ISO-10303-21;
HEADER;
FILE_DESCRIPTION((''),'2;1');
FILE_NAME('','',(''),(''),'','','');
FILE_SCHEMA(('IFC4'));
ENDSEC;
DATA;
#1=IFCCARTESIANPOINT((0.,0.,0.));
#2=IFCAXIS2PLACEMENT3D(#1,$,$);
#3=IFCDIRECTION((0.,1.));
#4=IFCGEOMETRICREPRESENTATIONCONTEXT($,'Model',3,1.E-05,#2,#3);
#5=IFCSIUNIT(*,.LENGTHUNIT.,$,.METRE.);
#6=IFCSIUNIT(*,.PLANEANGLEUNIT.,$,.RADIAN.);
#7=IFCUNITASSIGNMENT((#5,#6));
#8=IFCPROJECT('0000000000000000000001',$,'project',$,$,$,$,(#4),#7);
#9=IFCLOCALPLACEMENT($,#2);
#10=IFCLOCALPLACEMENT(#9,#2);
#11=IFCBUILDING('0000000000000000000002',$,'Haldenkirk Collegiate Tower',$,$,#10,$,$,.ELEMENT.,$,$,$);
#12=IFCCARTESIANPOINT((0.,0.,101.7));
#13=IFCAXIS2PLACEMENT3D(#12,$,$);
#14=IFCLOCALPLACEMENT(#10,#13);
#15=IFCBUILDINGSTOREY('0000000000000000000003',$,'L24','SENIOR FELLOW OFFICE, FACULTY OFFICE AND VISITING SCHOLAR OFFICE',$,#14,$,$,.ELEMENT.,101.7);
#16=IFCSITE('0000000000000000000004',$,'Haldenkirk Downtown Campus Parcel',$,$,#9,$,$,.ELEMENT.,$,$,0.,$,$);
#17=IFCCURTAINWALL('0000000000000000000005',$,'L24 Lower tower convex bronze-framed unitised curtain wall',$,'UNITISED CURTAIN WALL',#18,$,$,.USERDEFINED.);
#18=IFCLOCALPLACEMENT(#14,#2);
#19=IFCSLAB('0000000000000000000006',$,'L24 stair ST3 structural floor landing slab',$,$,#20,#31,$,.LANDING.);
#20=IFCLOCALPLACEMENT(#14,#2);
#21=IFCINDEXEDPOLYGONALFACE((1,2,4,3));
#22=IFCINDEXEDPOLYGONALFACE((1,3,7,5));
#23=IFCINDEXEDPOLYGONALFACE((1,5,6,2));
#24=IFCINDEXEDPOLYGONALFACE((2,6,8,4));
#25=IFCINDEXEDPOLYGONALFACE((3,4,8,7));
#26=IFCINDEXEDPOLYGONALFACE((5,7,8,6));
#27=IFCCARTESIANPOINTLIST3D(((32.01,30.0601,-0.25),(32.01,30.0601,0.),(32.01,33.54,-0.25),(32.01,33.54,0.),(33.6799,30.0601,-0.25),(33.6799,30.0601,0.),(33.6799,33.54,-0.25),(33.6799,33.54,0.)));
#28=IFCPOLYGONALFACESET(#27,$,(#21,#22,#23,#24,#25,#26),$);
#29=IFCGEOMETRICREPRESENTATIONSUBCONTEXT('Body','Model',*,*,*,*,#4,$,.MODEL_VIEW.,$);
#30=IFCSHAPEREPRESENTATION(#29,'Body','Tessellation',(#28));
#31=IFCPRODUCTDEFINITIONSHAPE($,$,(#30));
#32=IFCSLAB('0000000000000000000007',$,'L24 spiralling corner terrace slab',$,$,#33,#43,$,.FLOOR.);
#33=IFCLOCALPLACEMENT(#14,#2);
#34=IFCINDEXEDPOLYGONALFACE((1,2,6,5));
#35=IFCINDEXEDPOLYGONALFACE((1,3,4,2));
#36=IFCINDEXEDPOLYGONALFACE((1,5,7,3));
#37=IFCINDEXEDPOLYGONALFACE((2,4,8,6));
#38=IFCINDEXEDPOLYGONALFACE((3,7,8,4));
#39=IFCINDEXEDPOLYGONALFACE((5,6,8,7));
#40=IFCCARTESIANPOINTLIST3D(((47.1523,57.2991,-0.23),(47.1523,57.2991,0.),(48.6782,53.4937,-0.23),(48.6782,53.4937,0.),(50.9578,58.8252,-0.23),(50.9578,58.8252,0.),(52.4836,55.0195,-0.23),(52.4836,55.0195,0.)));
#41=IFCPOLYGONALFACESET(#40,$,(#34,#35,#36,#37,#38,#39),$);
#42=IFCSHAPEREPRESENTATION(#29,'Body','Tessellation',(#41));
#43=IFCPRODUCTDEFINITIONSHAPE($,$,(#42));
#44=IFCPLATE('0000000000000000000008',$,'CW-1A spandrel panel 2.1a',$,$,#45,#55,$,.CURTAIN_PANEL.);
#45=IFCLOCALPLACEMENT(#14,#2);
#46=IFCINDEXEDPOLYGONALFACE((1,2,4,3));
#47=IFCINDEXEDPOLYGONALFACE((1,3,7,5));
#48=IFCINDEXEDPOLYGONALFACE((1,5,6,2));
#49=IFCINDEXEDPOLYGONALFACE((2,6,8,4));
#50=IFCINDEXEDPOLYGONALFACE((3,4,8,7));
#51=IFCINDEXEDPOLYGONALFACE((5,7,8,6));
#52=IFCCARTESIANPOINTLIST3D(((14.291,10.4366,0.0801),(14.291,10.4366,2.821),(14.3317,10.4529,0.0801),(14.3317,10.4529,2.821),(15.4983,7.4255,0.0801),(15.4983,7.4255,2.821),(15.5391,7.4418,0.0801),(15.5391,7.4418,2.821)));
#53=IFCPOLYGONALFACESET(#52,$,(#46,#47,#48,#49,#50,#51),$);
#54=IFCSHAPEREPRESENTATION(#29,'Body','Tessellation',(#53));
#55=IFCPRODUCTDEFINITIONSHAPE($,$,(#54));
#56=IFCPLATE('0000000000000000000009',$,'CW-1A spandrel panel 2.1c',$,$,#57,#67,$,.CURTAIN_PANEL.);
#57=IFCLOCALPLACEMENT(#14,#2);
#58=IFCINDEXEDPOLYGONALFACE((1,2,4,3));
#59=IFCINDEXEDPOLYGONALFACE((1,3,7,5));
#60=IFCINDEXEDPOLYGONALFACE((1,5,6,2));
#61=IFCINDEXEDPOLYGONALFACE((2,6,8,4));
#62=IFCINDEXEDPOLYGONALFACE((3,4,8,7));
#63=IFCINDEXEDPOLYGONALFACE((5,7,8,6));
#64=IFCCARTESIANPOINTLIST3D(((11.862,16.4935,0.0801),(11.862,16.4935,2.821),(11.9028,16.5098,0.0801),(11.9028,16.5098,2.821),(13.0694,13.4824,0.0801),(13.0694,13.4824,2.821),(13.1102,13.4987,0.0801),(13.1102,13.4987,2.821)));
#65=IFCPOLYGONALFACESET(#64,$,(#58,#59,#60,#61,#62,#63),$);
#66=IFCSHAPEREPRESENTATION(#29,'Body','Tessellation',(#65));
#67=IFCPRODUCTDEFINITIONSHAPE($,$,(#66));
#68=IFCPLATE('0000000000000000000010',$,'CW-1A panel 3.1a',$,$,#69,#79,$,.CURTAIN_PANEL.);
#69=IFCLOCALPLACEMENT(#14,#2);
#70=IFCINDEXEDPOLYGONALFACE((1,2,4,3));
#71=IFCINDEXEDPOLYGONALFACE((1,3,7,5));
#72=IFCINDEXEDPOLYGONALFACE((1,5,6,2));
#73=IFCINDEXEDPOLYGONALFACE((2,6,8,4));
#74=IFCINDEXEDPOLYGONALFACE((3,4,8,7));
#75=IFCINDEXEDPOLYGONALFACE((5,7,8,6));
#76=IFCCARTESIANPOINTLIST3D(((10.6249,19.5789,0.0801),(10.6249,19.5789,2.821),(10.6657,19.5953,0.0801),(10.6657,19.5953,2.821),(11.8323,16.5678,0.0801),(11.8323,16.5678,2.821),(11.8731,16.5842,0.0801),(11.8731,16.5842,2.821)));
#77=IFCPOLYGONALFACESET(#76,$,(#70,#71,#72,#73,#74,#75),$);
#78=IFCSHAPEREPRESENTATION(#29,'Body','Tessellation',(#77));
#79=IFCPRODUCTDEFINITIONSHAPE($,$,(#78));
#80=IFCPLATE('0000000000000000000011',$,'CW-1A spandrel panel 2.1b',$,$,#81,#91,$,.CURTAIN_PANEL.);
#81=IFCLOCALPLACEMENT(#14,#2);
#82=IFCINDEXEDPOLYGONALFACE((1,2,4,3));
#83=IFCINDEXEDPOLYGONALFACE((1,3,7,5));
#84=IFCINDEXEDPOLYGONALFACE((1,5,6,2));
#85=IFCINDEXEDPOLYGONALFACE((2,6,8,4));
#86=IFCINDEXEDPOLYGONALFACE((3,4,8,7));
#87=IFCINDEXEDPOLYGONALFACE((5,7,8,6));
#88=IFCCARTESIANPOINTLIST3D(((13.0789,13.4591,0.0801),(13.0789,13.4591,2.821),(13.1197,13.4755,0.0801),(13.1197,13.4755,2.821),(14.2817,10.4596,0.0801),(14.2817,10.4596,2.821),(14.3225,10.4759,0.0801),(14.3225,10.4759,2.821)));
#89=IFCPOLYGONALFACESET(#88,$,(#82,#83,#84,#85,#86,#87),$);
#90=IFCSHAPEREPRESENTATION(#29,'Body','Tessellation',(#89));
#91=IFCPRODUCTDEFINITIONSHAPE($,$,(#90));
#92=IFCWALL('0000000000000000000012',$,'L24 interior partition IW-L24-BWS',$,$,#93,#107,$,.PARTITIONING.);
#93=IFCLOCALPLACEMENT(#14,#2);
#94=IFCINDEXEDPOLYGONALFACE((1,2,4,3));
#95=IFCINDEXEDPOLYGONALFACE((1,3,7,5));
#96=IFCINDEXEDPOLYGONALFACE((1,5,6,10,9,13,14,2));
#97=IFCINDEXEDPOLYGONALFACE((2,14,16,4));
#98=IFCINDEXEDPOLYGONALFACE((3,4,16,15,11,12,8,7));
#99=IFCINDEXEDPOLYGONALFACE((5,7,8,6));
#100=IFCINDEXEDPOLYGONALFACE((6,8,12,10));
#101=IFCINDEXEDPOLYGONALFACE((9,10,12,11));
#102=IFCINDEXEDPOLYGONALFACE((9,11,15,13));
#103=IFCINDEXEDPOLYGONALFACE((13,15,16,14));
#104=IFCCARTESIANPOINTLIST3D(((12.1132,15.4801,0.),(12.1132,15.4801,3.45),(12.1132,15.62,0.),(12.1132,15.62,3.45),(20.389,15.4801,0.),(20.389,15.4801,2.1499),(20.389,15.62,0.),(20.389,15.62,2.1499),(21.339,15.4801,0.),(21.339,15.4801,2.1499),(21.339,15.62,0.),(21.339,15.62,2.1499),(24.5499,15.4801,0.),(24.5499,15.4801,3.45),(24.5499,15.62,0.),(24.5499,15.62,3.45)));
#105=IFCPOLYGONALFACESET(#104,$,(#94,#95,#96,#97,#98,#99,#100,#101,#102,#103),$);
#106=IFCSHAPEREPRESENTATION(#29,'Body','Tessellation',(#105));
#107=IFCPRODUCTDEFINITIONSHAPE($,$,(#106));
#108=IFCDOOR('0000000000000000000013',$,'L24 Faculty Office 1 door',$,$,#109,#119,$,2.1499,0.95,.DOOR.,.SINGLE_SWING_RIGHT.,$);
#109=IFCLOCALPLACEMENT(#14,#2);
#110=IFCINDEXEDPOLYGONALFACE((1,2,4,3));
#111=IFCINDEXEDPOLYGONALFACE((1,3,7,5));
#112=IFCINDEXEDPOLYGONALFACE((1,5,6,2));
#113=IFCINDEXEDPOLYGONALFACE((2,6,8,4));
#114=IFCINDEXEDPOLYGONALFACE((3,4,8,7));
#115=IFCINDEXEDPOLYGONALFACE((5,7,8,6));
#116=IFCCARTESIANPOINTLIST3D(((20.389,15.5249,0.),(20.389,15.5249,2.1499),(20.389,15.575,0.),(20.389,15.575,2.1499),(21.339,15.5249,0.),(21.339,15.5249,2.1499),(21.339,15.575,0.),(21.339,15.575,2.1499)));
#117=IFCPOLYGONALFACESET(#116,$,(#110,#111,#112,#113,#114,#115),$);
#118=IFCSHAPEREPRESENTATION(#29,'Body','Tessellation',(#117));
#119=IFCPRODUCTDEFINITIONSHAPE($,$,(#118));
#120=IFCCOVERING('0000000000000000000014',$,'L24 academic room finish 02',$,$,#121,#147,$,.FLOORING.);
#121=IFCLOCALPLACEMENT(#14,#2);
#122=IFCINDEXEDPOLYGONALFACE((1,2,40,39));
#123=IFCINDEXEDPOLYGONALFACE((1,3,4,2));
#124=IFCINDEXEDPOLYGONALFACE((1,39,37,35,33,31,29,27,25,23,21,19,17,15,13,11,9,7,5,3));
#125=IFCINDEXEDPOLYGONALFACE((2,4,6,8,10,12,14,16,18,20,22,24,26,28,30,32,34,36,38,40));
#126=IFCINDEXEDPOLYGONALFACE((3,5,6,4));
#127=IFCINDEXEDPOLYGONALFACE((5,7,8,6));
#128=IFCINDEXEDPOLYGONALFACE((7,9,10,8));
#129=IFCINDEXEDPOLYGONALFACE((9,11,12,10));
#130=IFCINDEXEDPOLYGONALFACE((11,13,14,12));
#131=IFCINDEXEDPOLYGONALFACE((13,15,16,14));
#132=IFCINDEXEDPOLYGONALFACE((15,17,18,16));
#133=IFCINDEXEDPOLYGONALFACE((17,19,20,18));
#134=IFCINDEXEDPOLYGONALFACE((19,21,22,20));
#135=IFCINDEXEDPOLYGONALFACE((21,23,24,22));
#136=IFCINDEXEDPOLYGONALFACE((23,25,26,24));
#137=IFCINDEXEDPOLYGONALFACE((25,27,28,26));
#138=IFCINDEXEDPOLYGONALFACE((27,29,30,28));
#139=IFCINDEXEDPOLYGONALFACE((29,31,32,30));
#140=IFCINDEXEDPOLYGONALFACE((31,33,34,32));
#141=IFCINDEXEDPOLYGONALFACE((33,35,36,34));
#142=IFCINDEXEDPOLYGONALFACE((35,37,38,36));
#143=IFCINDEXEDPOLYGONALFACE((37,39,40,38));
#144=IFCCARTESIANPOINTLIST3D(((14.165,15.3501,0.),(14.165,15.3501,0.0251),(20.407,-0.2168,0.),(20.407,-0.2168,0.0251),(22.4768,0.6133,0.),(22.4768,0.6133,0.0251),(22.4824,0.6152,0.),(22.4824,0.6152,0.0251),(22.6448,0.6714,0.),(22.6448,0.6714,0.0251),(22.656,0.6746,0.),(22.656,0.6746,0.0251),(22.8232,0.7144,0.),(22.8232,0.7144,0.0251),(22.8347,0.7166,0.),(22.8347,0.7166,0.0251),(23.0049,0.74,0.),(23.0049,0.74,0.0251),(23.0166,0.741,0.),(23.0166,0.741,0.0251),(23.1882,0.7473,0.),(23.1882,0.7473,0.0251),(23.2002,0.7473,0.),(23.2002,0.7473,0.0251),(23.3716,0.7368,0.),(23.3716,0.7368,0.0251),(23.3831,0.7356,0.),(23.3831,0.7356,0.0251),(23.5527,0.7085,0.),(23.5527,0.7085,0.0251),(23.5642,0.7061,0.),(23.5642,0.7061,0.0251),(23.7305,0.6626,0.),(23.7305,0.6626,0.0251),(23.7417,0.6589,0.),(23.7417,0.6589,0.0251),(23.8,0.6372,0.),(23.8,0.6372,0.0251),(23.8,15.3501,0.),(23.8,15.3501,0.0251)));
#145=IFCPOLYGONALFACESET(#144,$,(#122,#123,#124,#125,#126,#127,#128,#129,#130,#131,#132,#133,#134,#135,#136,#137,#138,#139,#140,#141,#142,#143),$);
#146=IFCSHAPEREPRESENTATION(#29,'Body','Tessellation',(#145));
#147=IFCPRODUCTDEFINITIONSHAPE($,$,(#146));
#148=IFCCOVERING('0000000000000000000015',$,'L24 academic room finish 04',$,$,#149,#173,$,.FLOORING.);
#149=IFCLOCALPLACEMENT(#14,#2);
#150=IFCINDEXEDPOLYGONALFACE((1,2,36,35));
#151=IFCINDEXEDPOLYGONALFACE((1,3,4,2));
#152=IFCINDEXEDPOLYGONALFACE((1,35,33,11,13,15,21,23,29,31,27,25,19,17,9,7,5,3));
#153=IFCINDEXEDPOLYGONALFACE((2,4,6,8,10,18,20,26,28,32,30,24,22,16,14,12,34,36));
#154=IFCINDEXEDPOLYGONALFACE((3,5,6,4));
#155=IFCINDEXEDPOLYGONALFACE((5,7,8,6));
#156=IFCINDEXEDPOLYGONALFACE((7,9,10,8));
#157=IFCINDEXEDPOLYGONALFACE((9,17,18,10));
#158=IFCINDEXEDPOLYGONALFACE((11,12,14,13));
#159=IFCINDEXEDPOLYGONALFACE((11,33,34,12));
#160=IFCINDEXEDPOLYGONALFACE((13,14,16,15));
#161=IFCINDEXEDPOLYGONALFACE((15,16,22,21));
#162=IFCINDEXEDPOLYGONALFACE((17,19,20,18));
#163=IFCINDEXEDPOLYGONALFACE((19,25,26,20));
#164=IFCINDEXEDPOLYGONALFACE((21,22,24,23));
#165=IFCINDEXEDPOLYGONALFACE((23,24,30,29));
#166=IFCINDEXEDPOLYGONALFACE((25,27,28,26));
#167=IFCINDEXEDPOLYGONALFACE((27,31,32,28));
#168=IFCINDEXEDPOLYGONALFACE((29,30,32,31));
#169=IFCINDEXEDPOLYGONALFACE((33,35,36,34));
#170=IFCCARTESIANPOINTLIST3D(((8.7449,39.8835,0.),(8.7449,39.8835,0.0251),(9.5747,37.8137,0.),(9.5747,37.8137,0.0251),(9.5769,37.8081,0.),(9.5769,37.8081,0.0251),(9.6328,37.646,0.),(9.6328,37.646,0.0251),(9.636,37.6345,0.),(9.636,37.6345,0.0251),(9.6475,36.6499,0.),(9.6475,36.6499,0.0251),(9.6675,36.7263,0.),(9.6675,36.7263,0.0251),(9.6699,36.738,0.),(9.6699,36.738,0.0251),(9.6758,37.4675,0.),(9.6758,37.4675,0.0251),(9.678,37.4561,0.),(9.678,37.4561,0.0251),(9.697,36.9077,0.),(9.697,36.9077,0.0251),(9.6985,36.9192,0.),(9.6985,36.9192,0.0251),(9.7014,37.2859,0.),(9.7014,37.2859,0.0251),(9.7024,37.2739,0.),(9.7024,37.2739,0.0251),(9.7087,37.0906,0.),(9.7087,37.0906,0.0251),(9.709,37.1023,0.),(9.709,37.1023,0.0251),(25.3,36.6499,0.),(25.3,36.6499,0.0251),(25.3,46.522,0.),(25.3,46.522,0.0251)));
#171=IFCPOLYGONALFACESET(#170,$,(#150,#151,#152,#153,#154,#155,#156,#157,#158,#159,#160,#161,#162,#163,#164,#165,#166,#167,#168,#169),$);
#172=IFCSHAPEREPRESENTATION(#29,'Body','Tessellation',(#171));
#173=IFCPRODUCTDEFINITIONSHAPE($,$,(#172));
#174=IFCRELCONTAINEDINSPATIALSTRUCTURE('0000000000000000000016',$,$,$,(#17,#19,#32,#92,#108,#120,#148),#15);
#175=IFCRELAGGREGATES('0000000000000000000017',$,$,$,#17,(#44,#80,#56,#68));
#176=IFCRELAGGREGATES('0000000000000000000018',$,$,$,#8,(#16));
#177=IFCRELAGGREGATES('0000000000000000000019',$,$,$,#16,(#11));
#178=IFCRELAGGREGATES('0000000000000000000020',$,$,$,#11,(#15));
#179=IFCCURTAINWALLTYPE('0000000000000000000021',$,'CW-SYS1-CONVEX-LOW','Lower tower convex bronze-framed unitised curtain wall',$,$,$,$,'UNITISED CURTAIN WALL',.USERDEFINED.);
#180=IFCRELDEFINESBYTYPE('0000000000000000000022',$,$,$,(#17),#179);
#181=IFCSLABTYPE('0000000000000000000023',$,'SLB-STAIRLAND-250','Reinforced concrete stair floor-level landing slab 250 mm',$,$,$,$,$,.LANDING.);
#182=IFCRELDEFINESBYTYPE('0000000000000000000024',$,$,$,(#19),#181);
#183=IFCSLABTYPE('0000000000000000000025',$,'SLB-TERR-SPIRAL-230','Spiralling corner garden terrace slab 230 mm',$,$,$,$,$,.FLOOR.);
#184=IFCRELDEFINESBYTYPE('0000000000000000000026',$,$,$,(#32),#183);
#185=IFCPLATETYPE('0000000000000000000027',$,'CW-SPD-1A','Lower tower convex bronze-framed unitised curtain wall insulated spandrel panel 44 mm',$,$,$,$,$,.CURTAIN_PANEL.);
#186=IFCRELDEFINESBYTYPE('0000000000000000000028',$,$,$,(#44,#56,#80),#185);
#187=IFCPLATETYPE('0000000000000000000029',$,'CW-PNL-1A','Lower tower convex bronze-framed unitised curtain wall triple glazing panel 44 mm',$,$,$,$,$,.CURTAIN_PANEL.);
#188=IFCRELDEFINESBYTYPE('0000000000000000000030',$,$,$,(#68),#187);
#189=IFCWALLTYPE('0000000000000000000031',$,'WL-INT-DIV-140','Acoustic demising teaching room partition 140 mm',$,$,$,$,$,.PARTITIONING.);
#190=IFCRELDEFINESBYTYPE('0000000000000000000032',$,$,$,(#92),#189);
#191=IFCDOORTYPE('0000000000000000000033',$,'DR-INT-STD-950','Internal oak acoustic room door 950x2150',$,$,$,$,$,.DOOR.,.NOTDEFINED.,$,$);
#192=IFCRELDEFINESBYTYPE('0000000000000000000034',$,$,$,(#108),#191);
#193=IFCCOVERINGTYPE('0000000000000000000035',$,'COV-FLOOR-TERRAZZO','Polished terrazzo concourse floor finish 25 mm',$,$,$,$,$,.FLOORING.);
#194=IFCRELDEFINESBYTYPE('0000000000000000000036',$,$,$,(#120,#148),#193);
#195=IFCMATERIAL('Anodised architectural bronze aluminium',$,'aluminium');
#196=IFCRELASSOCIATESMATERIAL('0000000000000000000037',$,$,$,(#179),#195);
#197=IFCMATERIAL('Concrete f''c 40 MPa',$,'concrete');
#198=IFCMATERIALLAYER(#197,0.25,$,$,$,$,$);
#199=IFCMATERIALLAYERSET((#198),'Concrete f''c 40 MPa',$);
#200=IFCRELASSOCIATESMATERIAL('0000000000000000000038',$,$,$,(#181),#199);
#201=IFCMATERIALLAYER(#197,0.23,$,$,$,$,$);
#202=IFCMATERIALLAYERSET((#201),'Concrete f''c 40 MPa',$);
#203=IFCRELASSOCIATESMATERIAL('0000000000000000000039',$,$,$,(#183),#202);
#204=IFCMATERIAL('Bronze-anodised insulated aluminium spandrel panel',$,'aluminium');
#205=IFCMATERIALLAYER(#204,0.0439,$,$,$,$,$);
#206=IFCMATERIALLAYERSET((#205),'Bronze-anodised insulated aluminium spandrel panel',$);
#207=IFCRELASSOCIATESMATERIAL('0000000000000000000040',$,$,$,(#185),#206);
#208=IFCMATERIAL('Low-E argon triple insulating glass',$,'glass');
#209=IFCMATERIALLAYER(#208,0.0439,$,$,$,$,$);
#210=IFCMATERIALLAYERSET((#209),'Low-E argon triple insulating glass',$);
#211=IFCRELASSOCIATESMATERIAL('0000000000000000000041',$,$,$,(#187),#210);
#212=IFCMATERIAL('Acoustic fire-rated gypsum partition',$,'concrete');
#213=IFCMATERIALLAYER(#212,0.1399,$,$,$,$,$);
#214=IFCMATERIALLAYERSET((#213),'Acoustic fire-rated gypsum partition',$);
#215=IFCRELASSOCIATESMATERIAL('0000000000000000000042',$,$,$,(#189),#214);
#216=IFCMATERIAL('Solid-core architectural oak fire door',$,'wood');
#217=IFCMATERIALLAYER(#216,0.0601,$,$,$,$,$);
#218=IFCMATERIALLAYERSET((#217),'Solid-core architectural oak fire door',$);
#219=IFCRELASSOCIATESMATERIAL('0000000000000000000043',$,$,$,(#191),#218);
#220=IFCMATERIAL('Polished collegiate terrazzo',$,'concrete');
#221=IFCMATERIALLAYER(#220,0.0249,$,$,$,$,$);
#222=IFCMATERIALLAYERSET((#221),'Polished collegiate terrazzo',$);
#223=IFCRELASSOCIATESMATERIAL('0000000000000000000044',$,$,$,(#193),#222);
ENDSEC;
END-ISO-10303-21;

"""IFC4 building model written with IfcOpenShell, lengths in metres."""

from ifc_helpers import new_model, si_unit, direction, frame, frame_2d, origin, origin_2d, place, context, subcontext, project, spatial, polyline, rectangle, outline, extrude, source, transform, mapped, material, layer, layer_set, type_object, element, fill, aggregate, save


model = new_model("IFC4")

# Units and contexts
model_context = context("Model", 3, precision=1e-05, world=origin(), true_north=direction((0.0, 1.0)))
body_context = subcontext(model_context, "Body", "Model", "MODEL_VIEW")
ifc_project = project(units=[si_unit("LENGTHUNIT", "METRE"), si_unit("PLANEANGLEUNIT", "RADIAN")], contexts=[model_context])

# Site, building, storey
site_placement = place(None, origin())
site = spatial("IfcSite", under=ifc_project, at=site_placement, Name="Haldenkirk Downtown Campus Parcel", CompositionType="ELEMENT", RefElevation=0.0)
building_placement = place(site_placement, origin())
building = spatial("IfcBuilding", under=site, at=building_placement, Name="Haldenkirk Collegiate Tower", CompositionType="ELEMENT")
storey_placement = place(building_placement, frame((0.0, 0.0, 101.7)))
storey = spatial("IfcBuildingStorey", under=building, at=storey_placement, Name="L24", Description="SENIOR FELLOW OFFICE, FACULTY OFFICE AND VISITING SCHOLAR OFFICE", CompositionType="ELEMENT", Elevation=101.7)

# Curtain wall
ifc_material_1 = material(Name="Anodised architectural bronze aluminium", Category="aluminium")
curtain_wall_type = type_object("IfcCurtainWallType", Name="CW-SYS1-CONVEX-LOW", Description="Lower tower convex bronze-framed unitised curtain wall", ElementType="UNITISED CURTAIN WALL", PredefinedType="USERDEFINED", material=ifc_material_1)
curtain_wall_placement = place(storey_placement, origin())
curtain_wall = element("IfcCurtainWall", 1, at=curtain_wall_placement, inside=storey, type_object=curtain_wall_type, Name="L24 Lower tower convex bronze-framed unitised curtain wall", ObjectType="UNITISED CURTAIN WALL", PredefinedType="USERDEFINED")

# Shared definitions
ifc_material_2 = material(Name="Concrete f'c 40 MPa", Category="concrete")

# Slabs
ifc_layer_1 = layer(ifc_material_2, 0.25)
ifc_layer_set_1 = layer_set([ifc_layer_1], Name="Concrete f'c 40 MPa")
slab_type_1 = type_object("IfcSlabType", Name="SLB-STAIRLAND-250", Description="Reinforced concrete stair floor-level landing slab 250 mm", PredefinedType="LANDING", material=ifc_layer_set_1)
slab_1_placement = place(storey_placement, frame((0.0, 0.0, -0.25)))
element("IfcSlab", 2, at=slab_1_placement, inside=storey, type_object=slab_type_1, Name="L24 stair ST3 structural floor landing slab", PredefinedType="LANDING", context=body_context, shape_type="SweptSolid", body=[
    extrude(outline(polyline([(32.01, 30.0601), (33.6799, 30.0601), (33.6799, 33.54), (32.01, 33.54), (32.01, 30.0601)])), origin(), (0.0, 0.0, 1.0), 0.25),
])
ifc_layer_2 = layer(ifc_material_2, 0.23)
ifc_layer_set_2 = layer_set([ifc_layer_2], Name="Concrete f'c 40 MPa")
slab_type_2 = type_object("IfcSlabType", Name="SLB-TERR-SPIRAL-230", Description="Spiralling corner garden terrace slab 230 mm", PredefinedType="FLOOR", material=ifc_layer_set_2)
slab_2_placement = place(storey_placement, frame((0.0, 0.0, -0.23)))
element("IfcSlab", 3, at=slab_2_placement, inside=storey, type_object=slab_type_2, Name="L24 spiralling corner terrace slab", PredefinedType="FLOOR", context=body_context, shape_type="SweptSolid", body=[
    extrude(outline(polyline([(48.6782, 53.4937), (52.4836, 55.0195), (50.9578, 58.8252), (47.1523, 57.2991), (48.6782, 53.4937)])), origin(), (0.0, 0.0, 1.0), 0.23),
])

# Plates
ifc_material_3 = material(Name="Bronze-anodised insulated aluminium spandrel panel", Category="aluminium")
ifc_layer_3 = layer(ifc_material_3, 0.0439)
ifc_layer_set_3 = layer_set([ifc_layer_3], Name="Bronze-anodised insulated aluminium spandrel panel")
plate_type_1 = type_object("IfcPlateType", Name="CW-SPD-1A", Description="Lower tower convex bronze-framed unitised curtain wall insulated spandrel panel 44 mm", PredefinedType="CURTAIN_PANEL", material=ifc_layer_set_3)
shared_shape_1 = source(origin(), body_context, "Body", "SweptSolid", [
    extrude(rectangle(XDim=3.2441, YDim=0.0439, at=origin_2d()), origin(), (0.0, 0.0, 1.0), 2.741),
])
plate_1_placement = place(storey_placement, frame((14.915, 8.9392, 0.0801), z_axis=(0.0, 0.0, 1.0), x_axis=(-0.372175, 0.928163, 0.0)))
plate_1 = element("IfcPlate", 4, at=plate_1_placement, type_object=plate_type_1, Name="CW-1A spandrel panel 2.1a", PredefinedType="CURTAIN_PANEL", context=body_context, shape_type="MappedRepresentation", body=[
    mapped(shared_shape_1, transform((0.0, 0.0, 0.0), x_axis=(1.0, 0.0, 0.0), y_axis=(0.0, 1.0, 0.0), z_axis=(0.0, 0.0, 1.0), scale=1.0)),
])
plate_2_placement = place(storey_placement, frame((12.4861, 14.9961, 0.0801), z_axis=(0.0, 0.0, 1.0), x_axis=(-0.372175, 0.928163, 0.0)))
plate_2 = element("IfcPlate", 5, at=plate_2_placement, type_object=plate_type_1, Name="CW-1A spandrel panel 2.1c", PredefinedType="CURTAIN_PANEL", context=body_context, shape_type="MappedRepresentation", body=[
    mapped(shared_shape_1, transform((0.0, 0.0, 0.0), x_axis=(1.0, 0.0, 0.0), y_axis=(0.0, 1.0, 0.0), z_axis=(0.0, 0.0, 1.0), scale=1.0)),
])
ifc_material_4 = material(Name="Low-E argon triple insulating glass", Category="glass")
ifc_layer_4 = layer(ifc_material_4, 0.0439)
ifc_layer_set_4 = layer_set([ifc_layer_4], Name="Low-E argon triple insulating glass")
plate_type_2 = type_object("IfcPlateType", Name="CW-PNL-1A", Description="Lower tower convex bronze-framed unitised curtain wall triple glazing panel 44 mm", PredefinedType="CURTAIN_PANEL", material=ifc_layer_set_4)
plate_3_placement = place(storey_placement, frame((11.249, 18.0815, 0.0801), z_axis=(0.0, 0.0, 1.0), x_axis=(-0.372175, 0.928163, 0.0)))
plate_3 = element("IfcPlate", 6, at=plate_3_placement, type_object=plate_type_2, Name="CW-1A panel 3.1a", PredefinedType="CURTAIN_PANEL", context=body_context, shape_type="MappedRepresentation", body=[
    mapped(shared_shape_1, transform((0.0, 0.0, 0.0), x_axis=(1.0, 0.0, 0.0), y_axis=(0.0, 1.0, 0.0), z_axis=(0.0, 0.0, 1.0), scale=1.0)),
])
shared_shape_2 = source(origin(), body_context, "Body", "SweptSolid", [
    extrude(rectangle(XDim=3.2317, YDim=0.0439, at=origin_2d()), origin(), (0.0, 0.0, 1.0), 2.741),
])
plate_4_placement = place(storey_placement, frame((13.7007, 11.9675, 0.0801), z_axis=(0.0, 0.0, 1.0), x_axis=(-0.372175, 0.928163, 0.0)))
plate_4 = element("IfcPlate", 7, at=plate_4_placement, type_object=plate_type_1, Name="CW-1A spandrel panel 2.1b", PredefinedType="CURTAIN_PANEL", context=body_context, shape_type="MappedRepresentation", body=[
    mapped(shared_shape_2, transform((0.0, 0.0, 0.0), x_axis=(1.0, 0.0, 0.0), y_axis=(0.0, 1.0, 0.0), z_axis=(0.0, 0.0, 1.0), scale=1.0)),
])
aggregate(curtain_wall, [plate_1, plate_4, plate_2, plate_3])

# Wall, opening, door
ifc_material_5 = material(Name="Acoustic fire-rated gypsum partition", Category="concrete")
ifc_layer_5 = layer(ifc_material_5, 0.1399)
ifc_layer_set_5 = layer_set([ifc_layer_5], Name="Acoustic fire-rated gypsum partition")
wall_type = type_object("IfcWallType", Name="WL-INT-DIV-140", Description="Acoustic demising teaching room partition 140 mm", PredefinedType="PARTITIONING", material=ifc_layer_set_5)
wall_placement = place(storey_placement, frame((12.1133, 15.55, 0.0), z_axis=(0.0, 0.0, 1.0), x_axis=(1.0, 0.0, 0.0)))
wall = element("IfcWall", 8, at=wall_placement, inside=storey, type_object=wall_type, Name="L24 interior partition IW-L24-BWS", PredefinedType="PARTITIONING", context=body_context, shape_type="SweptSolid", body=[
    extrude(rectangle(XDim=12.4368, YDim=0.1399, at=frame_2d((6.2183, 0.0))), origin(), (0.0, 0.0, 1.0), 3.45),
])
opening_placement = place(wall_placement, frame((8.2756, 0.0, 0.0)))
opening = element("IfcOpeningElement", 9, at=opening_placement, cuts=wall, PredefinedType="OPENING", context=body_context, shape_type="SweptSolid", body=[
    extrude(rectangle(XDim=0.95, YDim=2.1499, at=frame_2d((0.4751, 1.075))), frame((0.0, 0.0798, 0.0), z_axis=(0.0, -1.0, 0.0), x_axis=(1.0, 0.0, 0.0)), (0.0, 0.0, 1.0), 0.1599),
])
ifc_material_6 = material(Name="Solid-core architectural oak fire door", Category="wood")
ifc_layer_6 = layer(ifc_material_6, 0.0601)
ifc_layer_set_6 = layer_set([ifc_layer_6], Name="Solid-core architectural oak fire door")
door_type = type_object("IfcDoorType", Name="DR-INT-STD-950", Description="Internal oak acoustic room door 950x2150", OperationType="NOTDEFINED", PredefinedType="DOOR", material=ifc_layer_set_6)
door_placement = place(opening_placement, origin())
door = element("IfcDoor", 10, at=door_placement, inside=storey, type_object=door_type, Name="L24 Faculty Office 1 door", OperationType="SINGLE_SWING_RIGHT", OverallHeight=2.1499, OverallWidth=0.95, PredefinedType="DOOR", context=body_context, shape_type="SweptSolid", body=[
    extrude(rectangle(XDim=0.95, YDim=2.1499, at=frame_2d((0.4751, 1.075))), frame((0.0, 0.0249, 0.0), z_axis=(0.0, -1.0, 0.0), x_axis=(1.0, 0.0, 0.0)), (0.0, 0.0, 1.0), 0.05),
])
fill(opening, door)

# Coverings
ifc_material_7 = material(Name="Polished collegiate terrazzo", Category="concrete")
ifc_layer_7 = layer(ifc_material_7, 0.0249)
ifc_layer_set_7 = layer_set([ifc_layer_7], Name="Polished collegiate terrazzo")
covering_type_1 = type_object("IfcCoveringType", Name="COV-FLOOR-TERRAZZO", Description="Polished terrazzo concourse floor finish 25 mm", PredefinedType="FLOORING", material=ifc_layer_set_7)
covering_1_placement = place(storey_placement, origin())
element("IfcCovering", 11, at=covering_1_placement, inside=storey, type_object=covering_type_1, Name="L24 academic room finish 02", PredefinedType="FLOORING", context=body_context, shape_type="SweptSolid", body=[
    extrude(outline(polyline([(23.8, 0.6372), (23.7417, 0.6589), (23.7305, 0.6626), (23.5642, 0.7061), (23.5527, 0.7085), (23.3831, 0.7356), (23.3716, 0.7368), (23.2002, 0.7473), (23.1882, 0.7473), (23.0166, 0.741), (23.0049, 0.74), (22.8347, 0.7166), (22.8232, 0.7144), (22.656, 0.6746), (22.6448, 0.6714), (22.4824, 0.6152), (22.4768, 0.6133), (20.407, -0.2168), (14.165, 15.3501), (23.8, 15.3501), (23.8, 0.6372)])), origin(), (0.0, 0.0, 1.0), 0.0251),
])
covering_2_placement = place(storey_placement, origin())
element("IfcCovering", 12, at=covering_2_placement, inside=storey, type_object=covering_type_1, Name="L24 academic room finish 04", PredefinedType="FLOORING", context=body_context, shape_type="SweptSolid", body=[
    extrude(outline(polyline([(9.6475, 36.6499), (9.6675, 36.7263), (9.6699, 36.738), (9.697, 36.9077), (9.6985, 36.9192), (9.7087, 37.0906), (9.709, 37.1023), (9.7024, 37.2739), (9.7014, 37.2859), (9.678, 37.4561), (9.6758, 37.4675), (9.636, 37.6345), (9.6328, 37.646), (9.5769, 37.8081), (9.5747, 37.8137), (8.7449, 39.8835), (25.3, 46.522), (25.3, 36.6499), (9.6475, 36.6499)])), origin(), (0.0, 0.0, 1.0), 0.0251),
])

save(model, "model.ifc")
